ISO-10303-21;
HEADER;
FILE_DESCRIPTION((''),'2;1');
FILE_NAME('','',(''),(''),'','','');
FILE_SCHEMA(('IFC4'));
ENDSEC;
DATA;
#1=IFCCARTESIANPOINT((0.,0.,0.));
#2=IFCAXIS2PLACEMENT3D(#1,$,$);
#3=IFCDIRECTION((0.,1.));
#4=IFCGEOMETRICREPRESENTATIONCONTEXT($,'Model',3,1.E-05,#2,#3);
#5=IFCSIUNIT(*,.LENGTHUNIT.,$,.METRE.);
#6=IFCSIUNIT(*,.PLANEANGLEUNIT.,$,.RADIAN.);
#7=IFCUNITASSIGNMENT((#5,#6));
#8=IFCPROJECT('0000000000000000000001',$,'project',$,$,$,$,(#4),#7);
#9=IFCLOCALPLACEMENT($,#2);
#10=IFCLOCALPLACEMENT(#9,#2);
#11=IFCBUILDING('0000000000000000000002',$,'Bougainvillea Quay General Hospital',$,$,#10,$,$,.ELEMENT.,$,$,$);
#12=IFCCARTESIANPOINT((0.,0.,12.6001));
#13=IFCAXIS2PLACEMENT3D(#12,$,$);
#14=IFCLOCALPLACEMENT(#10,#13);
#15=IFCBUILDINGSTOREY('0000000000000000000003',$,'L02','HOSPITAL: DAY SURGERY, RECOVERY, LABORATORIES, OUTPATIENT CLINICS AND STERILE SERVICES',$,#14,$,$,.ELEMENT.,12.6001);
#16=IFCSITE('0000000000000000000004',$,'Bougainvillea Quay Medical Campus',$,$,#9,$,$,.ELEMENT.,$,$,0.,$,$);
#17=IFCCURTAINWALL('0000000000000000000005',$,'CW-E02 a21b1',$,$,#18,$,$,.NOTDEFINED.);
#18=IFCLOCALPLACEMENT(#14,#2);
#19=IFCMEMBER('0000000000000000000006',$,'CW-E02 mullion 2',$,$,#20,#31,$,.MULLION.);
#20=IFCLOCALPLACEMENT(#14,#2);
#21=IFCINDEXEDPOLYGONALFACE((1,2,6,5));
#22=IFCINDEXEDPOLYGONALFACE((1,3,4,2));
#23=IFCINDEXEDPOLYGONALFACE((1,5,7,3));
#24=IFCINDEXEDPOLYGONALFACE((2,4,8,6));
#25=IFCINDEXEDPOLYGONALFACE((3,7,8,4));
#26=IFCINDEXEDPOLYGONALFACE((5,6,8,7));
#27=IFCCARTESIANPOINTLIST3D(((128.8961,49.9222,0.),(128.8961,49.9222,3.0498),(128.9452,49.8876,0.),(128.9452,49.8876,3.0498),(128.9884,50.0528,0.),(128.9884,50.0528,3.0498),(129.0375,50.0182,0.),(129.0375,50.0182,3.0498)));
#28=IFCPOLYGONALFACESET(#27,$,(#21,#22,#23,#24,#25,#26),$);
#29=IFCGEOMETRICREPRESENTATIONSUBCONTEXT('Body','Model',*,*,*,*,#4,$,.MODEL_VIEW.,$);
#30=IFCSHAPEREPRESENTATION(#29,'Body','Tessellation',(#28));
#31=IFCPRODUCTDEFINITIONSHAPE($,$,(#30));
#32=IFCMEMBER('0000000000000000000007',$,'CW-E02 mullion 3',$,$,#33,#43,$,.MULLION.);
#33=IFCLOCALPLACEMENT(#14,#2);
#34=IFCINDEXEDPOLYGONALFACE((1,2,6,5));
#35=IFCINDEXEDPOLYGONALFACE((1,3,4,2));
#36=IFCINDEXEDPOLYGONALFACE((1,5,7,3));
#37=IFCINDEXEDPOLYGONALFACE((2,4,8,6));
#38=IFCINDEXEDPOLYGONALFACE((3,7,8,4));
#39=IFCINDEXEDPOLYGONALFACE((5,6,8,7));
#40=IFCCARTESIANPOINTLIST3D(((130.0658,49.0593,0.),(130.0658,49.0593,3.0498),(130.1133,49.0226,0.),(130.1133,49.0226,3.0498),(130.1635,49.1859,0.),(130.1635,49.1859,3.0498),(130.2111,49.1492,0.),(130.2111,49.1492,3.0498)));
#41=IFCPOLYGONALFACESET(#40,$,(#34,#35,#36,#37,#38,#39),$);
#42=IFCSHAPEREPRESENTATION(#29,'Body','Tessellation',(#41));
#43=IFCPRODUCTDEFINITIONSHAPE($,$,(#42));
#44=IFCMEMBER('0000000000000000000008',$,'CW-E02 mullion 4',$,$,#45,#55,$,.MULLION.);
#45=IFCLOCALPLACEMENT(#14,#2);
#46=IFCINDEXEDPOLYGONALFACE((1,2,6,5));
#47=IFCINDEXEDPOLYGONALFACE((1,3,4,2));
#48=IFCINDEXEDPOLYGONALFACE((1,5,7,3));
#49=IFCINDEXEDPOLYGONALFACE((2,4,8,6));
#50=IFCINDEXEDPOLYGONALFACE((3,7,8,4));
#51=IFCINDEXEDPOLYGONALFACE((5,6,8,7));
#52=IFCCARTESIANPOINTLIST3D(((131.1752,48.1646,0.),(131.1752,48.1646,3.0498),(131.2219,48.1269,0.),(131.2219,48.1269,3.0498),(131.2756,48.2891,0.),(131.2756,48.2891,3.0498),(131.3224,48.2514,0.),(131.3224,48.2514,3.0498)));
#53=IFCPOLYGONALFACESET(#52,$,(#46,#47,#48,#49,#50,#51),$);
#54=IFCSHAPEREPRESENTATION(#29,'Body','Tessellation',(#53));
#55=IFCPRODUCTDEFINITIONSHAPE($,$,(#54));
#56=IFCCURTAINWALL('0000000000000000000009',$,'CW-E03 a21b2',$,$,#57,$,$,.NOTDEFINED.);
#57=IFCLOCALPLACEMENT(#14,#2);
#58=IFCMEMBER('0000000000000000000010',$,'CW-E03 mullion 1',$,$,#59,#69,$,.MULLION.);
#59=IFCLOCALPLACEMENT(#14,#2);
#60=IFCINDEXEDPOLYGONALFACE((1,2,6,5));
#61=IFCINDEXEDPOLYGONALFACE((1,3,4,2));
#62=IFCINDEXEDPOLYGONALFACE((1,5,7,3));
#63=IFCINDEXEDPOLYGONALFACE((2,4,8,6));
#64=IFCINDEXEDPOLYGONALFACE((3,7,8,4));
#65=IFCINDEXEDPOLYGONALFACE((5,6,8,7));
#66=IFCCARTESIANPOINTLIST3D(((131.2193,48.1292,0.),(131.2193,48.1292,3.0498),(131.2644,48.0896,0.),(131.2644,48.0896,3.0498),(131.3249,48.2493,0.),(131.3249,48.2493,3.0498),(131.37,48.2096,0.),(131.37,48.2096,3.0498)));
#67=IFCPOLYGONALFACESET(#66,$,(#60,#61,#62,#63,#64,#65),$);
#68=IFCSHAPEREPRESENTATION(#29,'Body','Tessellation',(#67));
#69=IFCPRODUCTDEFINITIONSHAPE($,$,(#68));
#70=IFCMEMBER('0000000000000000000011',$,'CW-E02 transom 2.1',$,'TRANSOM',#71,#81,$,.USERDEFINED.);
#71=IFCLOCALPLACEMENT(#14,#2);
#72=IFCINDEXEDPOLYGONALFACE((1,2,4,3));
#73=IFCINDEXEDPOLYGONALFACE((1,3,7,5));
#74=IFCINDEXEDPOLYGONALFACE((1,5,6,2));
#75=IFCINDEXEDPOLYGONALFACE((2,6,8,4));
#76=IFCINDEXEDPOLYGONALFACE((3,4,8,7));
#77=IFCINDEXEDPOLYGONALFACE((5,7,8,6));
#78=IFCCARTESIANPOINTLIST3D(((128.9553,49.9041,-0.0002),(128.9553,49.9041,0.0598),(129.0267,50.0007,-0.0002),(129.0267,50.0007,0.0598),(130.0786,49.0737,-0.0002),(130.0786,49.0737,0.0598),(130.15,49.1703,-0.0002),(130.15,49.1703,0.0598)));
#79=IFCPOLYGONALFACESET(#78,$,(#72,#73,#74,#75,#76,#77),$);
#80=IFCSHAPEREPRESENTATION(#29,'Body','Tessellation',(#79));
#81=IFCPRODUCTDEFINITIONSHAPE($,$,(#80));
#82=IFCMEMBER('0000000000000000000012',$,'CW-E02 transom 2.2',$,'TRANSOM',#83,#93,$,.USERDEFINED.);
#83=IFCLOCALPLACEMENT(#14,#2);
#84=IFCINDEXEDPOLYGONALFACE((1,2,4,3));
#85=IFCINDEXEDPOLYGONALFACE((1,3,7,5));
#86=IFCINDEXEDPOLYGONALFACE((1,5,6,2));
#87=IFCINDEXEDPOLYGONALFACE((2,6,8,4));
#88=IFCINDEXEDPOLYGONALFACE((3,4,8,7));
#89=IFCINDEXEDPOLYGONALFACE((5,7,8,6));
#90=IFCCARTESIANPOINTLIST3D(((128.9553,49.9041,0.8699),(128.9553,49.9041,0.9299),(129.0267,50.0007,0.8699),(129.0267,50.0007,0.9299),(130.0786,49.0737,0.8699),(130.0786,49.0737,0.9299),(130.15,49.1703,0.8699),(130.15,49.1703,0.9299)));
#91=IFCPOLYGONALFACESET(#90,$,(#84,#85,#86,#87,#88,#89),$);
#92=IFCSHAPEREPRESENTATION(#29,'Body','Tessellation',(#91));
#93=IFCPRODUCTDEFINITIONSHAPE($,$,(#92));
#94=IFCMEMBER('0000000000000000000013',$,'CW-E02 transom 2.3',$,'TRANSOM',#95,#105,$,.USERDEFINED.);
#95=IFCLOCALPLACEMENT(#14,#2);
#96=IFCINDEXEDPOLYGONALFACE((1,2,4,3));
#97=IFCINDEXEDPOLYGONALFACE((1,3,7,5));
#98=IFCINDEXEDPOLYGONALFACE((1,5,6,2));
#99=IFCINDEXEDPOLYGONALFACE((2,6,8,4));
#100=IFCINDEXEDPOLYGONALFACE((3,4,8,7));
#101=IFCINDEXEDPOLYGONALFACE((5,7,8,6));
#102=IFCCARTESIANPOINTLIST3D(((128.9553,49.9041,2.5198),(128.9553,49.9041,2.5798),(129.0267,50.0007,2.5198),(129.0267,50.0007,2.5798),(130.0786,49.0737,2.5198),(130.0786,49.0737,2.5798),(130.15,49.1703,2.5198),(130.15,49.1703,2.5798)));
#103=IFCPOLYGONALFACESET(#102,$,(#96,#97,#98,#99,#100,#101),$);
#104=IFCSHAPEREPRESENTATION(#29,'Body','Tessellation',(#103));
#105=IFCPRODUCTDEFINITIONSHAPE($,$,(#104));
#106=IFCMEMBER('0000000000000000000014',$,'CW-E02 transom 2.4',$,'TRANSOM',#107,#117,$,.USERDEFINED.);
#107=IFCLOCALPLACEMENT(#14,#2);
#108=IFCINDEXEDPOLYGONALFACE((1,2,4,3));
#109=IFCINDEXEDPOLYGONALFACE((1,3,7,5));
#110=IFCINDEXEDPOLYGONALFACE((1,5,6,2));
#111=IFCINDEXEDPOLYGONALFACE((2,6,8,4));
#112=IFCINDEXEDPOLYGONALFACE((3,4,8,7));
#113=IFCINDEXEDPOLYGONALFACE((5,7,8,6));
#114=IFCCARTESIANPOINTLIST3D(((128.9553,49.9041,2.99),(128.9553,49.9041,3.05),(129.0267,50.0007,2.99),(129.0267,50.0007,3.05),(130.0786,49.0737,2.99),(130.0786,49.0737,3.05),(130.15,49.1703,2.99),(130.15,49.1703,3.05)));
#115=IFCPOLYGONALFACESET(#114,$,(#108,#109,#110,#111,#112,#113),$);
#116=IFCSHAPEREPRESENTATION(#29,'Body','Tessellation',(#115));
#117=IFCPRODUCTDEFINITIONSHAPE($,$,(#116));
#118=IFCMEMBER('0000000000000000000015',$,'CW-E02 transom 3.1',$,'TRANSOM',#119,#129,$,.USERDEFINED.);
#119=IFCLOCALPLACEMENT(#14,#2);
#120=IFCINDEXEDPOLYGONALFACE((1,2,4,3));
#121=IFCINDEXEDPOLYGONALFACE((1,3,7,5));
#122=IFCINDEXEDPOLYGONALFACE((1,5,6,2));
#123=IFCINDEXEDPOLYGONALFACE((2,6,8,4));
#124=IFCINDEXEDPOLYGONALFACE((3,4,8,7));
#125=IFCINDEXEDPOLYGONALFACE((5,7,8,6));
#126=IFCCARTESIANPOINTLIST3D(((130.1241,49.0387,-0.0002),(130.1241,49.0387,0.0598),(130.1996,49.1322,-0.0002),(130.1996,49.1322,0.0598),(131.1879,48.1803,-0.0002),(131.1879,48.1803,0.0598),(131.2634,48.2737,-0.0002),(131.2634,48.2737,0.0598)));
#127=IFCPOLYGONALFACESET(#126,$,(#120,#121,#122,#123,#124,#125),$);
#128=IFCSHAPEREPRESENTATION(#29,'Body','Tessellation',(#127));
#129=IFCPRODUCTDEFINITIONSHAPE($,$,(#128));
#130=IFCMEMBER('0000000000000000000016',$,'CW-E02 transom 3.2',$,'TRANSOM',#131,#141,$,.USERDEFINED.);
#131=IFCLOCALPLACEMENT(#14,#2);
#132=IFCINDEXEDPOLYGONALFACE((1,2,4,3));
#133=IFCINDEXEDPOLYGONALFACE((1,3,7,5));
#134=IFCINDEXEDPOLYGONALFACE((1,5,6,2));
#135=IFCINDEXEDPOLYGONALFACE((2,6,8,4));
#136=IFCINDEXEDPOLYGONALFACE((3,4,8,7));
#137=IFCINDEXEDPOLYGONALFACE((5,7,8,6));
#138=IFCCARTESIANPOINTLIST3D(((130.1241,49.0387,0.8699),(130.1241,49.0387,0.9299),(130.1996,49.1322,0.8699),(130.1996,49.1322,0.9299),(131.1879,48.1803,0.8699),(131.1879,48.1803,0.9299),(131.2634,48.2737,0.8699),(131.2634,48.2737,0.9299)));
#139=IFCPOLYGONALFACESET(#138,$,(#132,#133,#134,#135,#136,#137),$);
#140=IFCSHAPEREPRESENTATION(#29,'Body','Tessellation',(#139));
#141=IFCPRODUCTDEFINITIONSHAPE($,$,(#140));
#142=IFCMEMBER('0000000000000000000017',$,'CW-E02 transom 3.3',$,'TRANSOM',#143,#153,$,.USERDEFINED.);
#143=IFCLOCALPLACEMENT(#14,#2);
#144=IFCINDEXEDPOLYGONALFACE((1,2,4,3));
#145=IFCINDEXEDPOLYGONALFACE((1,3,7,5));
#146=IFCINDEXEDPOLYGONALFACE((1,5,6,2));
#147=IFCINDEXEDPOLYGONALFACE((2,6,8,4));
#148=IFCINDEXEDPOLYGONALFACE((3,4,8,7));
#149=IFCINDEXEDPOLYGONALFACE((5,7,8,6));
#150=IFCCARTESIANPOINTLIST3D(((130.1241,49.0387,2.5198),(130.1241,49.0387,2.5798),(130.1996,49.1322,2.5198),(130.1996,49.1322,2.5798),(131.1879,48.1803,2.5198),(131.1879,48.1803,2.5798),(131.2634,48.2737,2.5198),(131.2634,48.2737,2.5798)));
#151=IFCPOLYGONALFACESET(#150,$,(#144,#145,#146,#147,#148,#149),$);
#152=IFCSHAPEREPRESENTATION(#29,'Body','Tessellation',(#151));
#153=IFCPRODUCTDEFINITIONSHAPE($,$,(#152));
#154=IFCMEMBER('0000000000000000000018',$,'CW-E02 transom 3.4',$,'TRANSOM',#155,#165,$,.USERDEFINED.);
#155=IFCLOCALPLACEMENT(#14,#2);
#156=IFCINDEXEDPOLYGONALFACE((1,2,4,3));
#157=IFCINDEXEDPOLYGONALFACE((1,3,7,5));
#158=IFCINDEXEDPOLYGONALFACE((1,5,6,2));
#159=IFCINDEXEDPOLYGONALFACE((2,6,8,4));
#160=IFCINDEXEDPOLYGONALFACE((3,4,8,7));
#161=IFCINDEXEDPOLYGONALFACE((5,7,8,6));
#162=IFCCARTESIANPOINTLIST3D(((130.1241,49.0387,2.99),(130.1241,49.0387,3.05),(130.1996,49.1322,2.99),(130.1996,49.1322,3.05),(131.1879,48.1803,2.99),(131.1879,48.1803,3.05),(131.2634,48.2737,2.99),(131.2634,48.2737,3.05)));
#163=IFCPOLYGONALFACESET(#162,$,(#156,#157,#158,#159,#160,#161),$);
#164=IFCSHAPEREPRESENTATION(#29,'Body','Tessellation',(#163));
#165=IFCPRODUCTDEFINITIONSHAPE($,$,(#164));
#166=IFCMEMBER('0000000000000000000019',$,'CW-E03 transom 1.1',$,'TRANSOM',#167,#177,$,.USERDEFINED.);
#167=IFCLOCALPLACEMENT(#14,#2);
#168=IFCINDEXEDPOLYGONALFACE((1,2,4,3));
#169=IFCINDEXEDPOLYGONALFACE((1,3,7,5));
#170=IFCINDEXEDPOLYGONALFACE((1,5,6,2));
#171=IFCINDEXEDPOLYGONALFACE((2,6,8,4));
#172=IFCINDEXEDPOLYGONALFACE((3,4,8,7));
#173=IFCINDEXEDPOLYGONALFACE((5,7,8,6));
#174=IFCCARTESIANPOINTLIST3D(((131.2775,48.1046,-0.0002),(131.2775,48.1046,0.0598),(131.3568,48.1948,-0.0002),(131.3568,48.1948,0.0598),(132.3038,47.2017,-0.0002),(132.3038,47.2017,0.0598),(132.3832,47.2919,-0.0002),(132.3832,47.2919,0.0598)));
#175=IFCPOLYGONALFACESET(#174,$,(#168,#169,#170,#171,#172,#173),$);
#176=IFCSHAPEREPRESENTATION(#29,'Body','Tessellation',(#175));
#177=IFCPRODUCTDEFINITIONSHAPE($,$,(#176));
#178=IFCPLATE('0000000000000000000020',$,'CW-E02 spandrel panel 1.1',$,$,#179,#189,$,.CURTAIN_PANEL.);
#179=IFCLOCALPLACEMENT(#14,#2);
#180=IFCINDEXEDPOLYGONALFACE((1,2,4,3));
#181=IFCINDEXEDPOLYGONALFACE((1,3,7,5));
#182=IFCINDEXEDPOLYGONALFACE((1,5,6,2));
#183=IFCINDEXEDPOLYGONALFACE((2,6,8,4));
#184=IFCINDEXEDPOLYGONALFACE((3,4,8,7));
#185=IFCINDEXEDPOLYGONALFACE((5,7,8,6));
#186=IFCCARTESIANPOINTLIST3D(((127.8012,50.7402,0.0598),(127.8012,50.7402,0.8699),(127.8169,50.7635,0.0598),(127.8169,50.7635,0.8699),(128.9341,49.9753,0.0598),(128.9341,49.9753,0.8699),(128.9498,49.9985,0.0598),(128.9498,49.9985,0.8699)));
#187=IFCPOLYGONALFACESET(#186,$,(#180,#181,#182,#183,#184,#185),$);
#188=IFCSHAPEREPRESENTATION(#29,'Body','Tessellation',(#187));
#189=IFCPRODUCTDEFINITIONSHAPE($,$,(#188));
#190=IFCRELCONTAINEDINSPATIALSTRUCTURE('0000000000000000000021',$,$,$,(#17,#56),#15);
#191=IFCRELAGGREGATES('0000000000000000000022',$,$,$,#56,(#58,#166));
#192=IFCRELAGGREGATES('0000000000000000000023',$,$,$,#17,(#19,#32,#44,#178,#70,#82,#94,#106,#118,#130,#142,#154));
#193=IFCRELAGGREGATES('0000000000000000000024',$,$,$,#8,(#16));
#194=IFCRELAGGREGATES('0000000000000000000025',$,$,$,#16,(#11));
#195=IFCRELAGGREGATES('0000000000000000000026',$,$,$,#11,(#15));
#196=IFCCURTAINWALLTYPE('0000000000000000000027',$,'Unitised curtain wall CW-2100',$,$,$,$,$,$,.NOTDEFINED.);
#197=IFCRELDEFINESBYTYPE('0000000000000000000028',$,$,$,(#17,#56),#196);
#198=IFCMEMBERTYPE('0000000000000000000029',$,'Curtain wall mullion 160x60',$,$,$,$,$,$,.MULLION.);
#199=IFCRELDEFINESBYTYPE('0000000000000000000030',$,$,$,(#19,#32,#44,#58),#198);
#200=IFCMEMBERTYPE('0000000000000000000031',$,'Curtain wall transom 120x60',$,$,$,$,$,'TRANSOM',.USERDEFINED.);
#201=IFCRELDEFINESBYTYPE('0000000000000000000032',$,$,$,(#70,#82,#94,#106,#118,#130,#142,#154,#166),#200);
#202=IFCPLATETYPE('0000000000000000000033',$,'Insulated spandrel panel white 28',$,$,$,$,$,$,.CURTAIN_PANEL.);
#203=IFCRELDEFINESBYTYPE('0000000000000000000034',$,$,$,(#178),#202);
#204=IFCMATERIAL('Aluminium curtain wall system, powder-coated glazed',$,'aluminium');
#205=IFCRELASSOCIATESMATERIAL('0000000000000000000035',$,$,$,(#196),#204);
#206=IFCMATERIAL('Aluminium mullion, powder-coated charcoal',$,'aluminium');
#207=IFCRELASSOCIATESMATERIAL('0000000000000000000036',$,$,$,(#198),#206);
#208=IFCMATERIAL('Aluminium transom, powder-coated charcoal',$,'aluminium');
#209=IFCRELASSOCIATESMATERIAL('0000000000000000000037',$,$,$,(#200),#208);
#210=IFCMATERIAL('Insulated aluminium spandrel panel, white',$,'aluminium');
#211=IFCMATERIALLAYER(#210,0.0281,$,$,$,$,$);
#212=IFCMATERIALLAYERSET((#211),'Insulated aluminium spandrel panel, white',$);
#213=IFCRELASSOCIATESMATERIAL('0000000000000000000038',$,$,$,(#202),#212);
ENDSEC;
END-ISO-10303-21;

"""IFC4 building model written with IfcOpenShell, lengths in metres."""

from ifc_helpers import new_model, si_unit, direction, frame, origin, origin_2d, place, context, subcontext, project, spatial, rectangle, extrude, material, layer, layer_set, material_profile, profile_set, type_object, element, aggregate, save


model = new_model("IFC4")

# Units and contexts
model_context = context("Model", 3, precision=1e-05, world=origin(), true_north=direction((0.0, 1.0)))
body_context = subcontext(model_context, "Body", "Model", "MODEL_VIEW")
ifc_project = project(units=[si_unit("LENGTHUNIT", "METRE"), si_unit("PLANEANGLEUNIT", "RADIAN")], contexts=[model_context])

# Site, building, storey
site_placement = place(None, origin())
site = spatial("IfcSite", under=ifc_project, at=site_placement, Name="Bougainvillea Quay Medical Campus", CompositionType="ELEMENT", RefElevation=0.0)
building_placement = place(site_placement, origin())
building = spatial("IfcBuilding", under=site, at=building_placement, Name="Bougainvillea Quay General Hospital", CompositionType="ELEMENT")
storey_placement = place(building_placement, frame((0.0, 0.0, 12.6001)))
storey = spatial("IfcBuildingStorey", under=building, at=storey_placement, Name="L02", Description="HOSPITAL: DAY SURGERY, RECOVERY, LABORATORIES, OUTPATIENT CLINICS AND STERILE SERVICES", CompositionType="ELEMENT", Elevation=12.6001)

# Curtain wall, members
ifc_material_1 = material(Name="Aluminium curtain wall system, powder-coated glazed", Category="aluminium")
curtain_wall_type = type_object("IfcCurtainWallType", Name="Unitised curtain wall CW-2100", PredefinedType="NOTDEFINED", material=ifc_material_1)
curtain_wall_1_placement = place(storey_placement, origin())
curtain_wall_1 = element("IfcCurtainWall", 1, at=curtain_wall_1_placement, inside=storey, type_object=curtain_wall_type, Name="CW-E02 a21b1", PredefinedType="NOTDEFINED")
ifc_material_2 = material(Name="Aluminium mullion, powder-coated charcoal", Category="aluminium")
ifc_material_profile_1 = material_profile(ifc_material_2, rectangle(XDim=0.1599, YDim=0.0601, at=origin_2d()))
ifc_profile_set_1 = profile_set([ifc_material_profile_1], Name="Aluminium mullion, powder-coated charcoal")
member_type_1 = type_object("IfcMemberType", Name="Curtain wall mullion 160x60", PredefinedType="MULLION", material=ifc_profile_set_1)
member_1_placement = place(storey_placement, frame((128.9668, 49.9702, 0.0), z_axis=(0.0, 0.0, 1.0), x_axis=(0.577136, 0.816648, 0.0)))
member_1 = element("IfcMember", 2, at=member_1_placement, type_object=member_type_1, Name="CW-E02 mullion 2", PredefinedType="MULLION", context=body_context, shape_type="SweptSolid", body=[
    extrude(rectangle(XDim=0.1599, YDim=0.0601, at=origin_2d()), origin(), (0.0, 0.0, 1.0), 3.0498),
])
member_2_placement = place(storey_placement, frame((130.1384, 49.1042, 0.0), z_axis=(0.0, 0.0, 1.0), x_axis=(0.611343, 0.791366, 0.0)))
member_2 = element("IfcMember", 3, at=member_2_placement, type_object=member_type_1, Name="CW-E02 mullion 3", PredefinedType="MULLION", context=body_context, shape_type="SweptSolid", body=[
    extrude(rectangle(XDim=0.1599, YDim=0.0601, at=origin_2d()), origin(), (0.0, 0.0, 1.0), 3.0498),
])
member_3_placement = place(storey_placement, frame((131.2488, 48.208, 0.0), z_axis=(0.0, 0.0, 1.0), x_axis=(0.628035, 0.778185, 0.0)))
member_3 = element("IfcMember", 4, at=member_3_placement, type_object=member_type_1, Name="CW-E02 mullion 4", PredefinedType="MULLION", context=body_context, shape_type="SweptSolid", body=[
    extrude(rectangle(XDim=0.1599, YDim=0.0601, at=origin_2d()), origin(), (0.0, 0.0, 1.0), 3.0498),
])

# Curtain wall, member
curtain_wall_2_placement = place(storey_placement, origin())
curtain_wall_2 = element("IfcCurtainWall", 5, at=curtain_wall_2_placement, inside=storey, type_object=curtain_wall_type, Name="CW-E03 a21b2", PredefinedType="NOTDEFINED")
member_4_placement = place(storey_placement, frame((131.2947, 48.1694, 0.0), z_axis=(0.0, 0.0, 1.0), x_axis=(0.660561, 0.750772, 0.0)))
member_4 = element("IfcMember", 6, at=member_4_placement, type_object=member_type_1, Name="CW-E03 mullion 1", PredefinedType="MULLION", context=body_context, shape_type="SweptSolid", body=[
    extrude(rectangle(XDim=0.1599, YDim=0.0601, at=origin_2d()), origin(), (0.0, 0.0, 1.0), 3.0498),
])

# Members
ifc_material_3 = material(Name="Aluminium transom, powder-coated charcoal", Category="aluminium")
ifc_material_profile_2 = material_profile(ifc_material_3, rectangle(XDim=0.1201, YDim=0.0601, at=origin_2d()))
ifc_profile_set_2 = profile_set([ifc_material_profile_2], Name="Aluminium transom, powder-coated charcoal")
member_type_2 = type_object("IfcMemberType", Name="Curtain wall transom 120x60", ElementType="TRANSOM", PredefinedType="USERDEFINED", material=ifc_profile_set_2)
member_5_placement = place(storey_placement, frame((128.991, 49.9524, 0.0298), z_axis=(0.804154, -0.594421, 0.0), x_axis=(0.594421, 0.804154, 0.0)))
member_5 = element("IfcMember", 7, at=member_5_placement, type_object=member_type_2, Name="CW-E02 transom 2.1", ObjectType="TRANSOM", PredefinedType="USERDEFINED", context=body_context, shape_type="SweptSolid", body=[
    extrude(rectangle(XDim=0.1201, YDim=0.0601, at=origin_2d()), origin(), (0.0, 0.0, 1.0), 1.397),
])
member_6_placement = place(storey_placement, frame((128.991, 49.9524, 0.8999), z_axis=(0.804154, -0.594421, 0.0), x_axis=(0.594421, 0.804154, 0.0)))
member_6 = element("IfcMember", 8, at=member_6_placement, type_object=member_type_2, Name="CW-E02 transom 2.2", ObjectType="TRANSOM", PredefinedType="USERDEFINED", context=body_context, shape_type="SweptSolid", body=[
    extrude(rectangle(XDim=0.1201, YDim=0.0601, at=origin_2d()), origin(), (0.0, 0.0, 1.0), 1.397),
])
member_7_placement = place(storey_placement, frame((128.991, 49.9524, 2.5498), z_axis=(0.804154, -0.594421, 0.0), x_axis=(0.594421, 0.804154, 0.0)))
member_7 = element("IfcMember", 9, at=member_7_placement, type_object=member_type_2, Name="CW-E02 transom 2.3", ObjectType="TRANSOM", PredefinedType="USERDEFINED", context=body_context, shape_type="SweptSolid", body=[
    extrude(rectangle(XDim=0.1201, YDim=0.0601, at=origin_2d()), origin(), (0.0, 0.0, 1.0), 1.397),
])
member_8_placement = place(storey_placement, frame((128.991, 49.9524, 3.02), z_axis=(0.804154, -0.594421, 0.0), x_axis=(0.594421, 0.804154, 0.0)))
member_8 = element("IfcMember", 10, at=member_8_placement, type_object=member_type_2, Name="CW-E02 transom 2.4", ObjectType="TRANSOM", PredefinedType="USERDEFINED", context=body_context, shape_type="SweptSolid", body=[
    extrude(rectangle(XDim=0.1201, YDim=0.0601, at=origin_2d()), origin(), (0.0, 0.0, 1.0), 1.397),
])
member_9_placement = place(storey_placement, frame((130.1619, 49.0854, 0.0298), z_axis=(0.778213, -0.628, 0.0), x_axis=(0.628, 0.778213, 0.0)))
member_9 = element("IfcMember", 11, at=member_9_placement, type_object=member_type_2, Name="CW-E02 transom 3.1", ObjectType="TRANSOM", PredefinedType="USERDEFINED", context=body_context, shape_type="SweptSolid", body=[
    extrude(rectangle(XDim=0.1201, YDim=0.0601, at=origin_2d()), origin(), (0.0, 0.0, 1.0), 1.3669),
])
member_10_placement = place(storey_placement, frame((130.1619, 49.0854, 0.8999), z_axis=(0.778213, -0.628, 0.0), x_axis=(0.628, 0.778213, 0.0)))
member_10 = element("IfcMember", 12, at=member_10_placement, type_object=member_type_2, Name="CW-E02 transom 3.2", ObjectType="TRANSOM", PredefinedType="USERDEFINED", context=body_context, shape_type="SweptSolid", body=[
    extrude(rectangle(XDim=0.1201, YDim=0.0601, at=origin_2d()), origin(), (0.0, 0.0, 1.0), 1.3669),
])
member_11_placement = place(storey_placement, frame((130.1619, 49.0854, 2.5498), z_axis=(0.778213, -0.628, 0.0), x_axis=(0.628, 0.778213, 0.0)))
member_11 = element("IfcMember", 13, at=member_11_placement, type_object=member_type_2, Name="CW-E02 transom 3.3", ObjectType="TRANSOM", PredefinedType="USERDEFINED", context=body_context, shape_type="SweptSolid", body=[
    extrude(rectangle(XDim=0.1201, YDim=0.0601, at=origin_2d()), origin(), (0.0, 0.0, 1.0), 1.3669),
])
member_12_placement = place(storey_placement, frame((130.1619, 49.0854, 3.02), z_axis=(0.778213, -0.628, 0.0), x_axis=(0.628, 0.778213, 0.0)))
member_12 = element("IfcMember", 14, at=member_12_placement, type_object=member_type_2, Name="CW-E02 transom 3.4", ObjectType="TRANSOM", PredefinedType="USERDEFINED", context=body_context, shape_type="SweptSolid", body=[
    extrude(rectangle(XDim=0.1201, YDim=0.0601, at=origin_2d()), origin(), (0.0, 0.0, 1.0), 1.3669),
])
member_13_placement = place(storey_placement, frame((131.3171, 48.1497, 0.0298), z_axis=(0.750848, -0.660475, 0.0), x_axis=(0.660475, 0.750848, 0.0)))
member_13 = element("IfcMember", 15, at=member_13_placement, type_object=member_type_2, Name="CW-E03 transom 1.1", ObjectType="TRANSOM", PredefinedType="USERDEFINED", context=body_context, shape_type="SweptSolid", body=[
    extrude(rectangle(XDim=0.1201, YDim=0.0601, at=origin_2d()), origin(), (0.0, 0.0, 1.0), 1.3669),
])
aggregate(curtain_wall_2, [member_4, member_13])

# Plate
ifc_material_4 = material(Name="Insulated aluminium spandrel panel, white", Category="aluminium")
ifc_layer_1 = layer(ifc_material_4, 0.0281)
ifc_layer_set_1 = layer_set([ifc_layer_1], Name="Insulated aluminium spandrel panel, white")
plate_type_1 = type_object("IfcPlateType", Name="Insulated spandrel panel white 28", PredefinedType="CURTAIN_PANEL", material=ifc_layer_set_1)
plate_1_placement = place(storey_placement, frame((128.3755, 50.3694, 0.0598), z_axis=(0.0, 0.0, 1.0), x_axis=(0.828738, -0.559637, 0.0)))
plate_1 = element("IfcPlate", 16, at=plate_1_placement, type_object=plate_type_1, Name="CW-E02 spandrel panel 1.1", PredefinedType="CURTAIN_PANEL", context=body_context, shape_type="SweptSolid", body=[
    extrude(rectangle(XDim=1.3669, YDim=0.0281, at=origin_2d()), origin(), (0.0, 0.0, 1.0), 0.8101),
])
aggregate(curtain_wall_1, [member_1, member_2, member_3, plate_1, member_5, member_6, member_7, member_8, member_9, member_10, member_11, member_12])

save(model, "model.ifc")
